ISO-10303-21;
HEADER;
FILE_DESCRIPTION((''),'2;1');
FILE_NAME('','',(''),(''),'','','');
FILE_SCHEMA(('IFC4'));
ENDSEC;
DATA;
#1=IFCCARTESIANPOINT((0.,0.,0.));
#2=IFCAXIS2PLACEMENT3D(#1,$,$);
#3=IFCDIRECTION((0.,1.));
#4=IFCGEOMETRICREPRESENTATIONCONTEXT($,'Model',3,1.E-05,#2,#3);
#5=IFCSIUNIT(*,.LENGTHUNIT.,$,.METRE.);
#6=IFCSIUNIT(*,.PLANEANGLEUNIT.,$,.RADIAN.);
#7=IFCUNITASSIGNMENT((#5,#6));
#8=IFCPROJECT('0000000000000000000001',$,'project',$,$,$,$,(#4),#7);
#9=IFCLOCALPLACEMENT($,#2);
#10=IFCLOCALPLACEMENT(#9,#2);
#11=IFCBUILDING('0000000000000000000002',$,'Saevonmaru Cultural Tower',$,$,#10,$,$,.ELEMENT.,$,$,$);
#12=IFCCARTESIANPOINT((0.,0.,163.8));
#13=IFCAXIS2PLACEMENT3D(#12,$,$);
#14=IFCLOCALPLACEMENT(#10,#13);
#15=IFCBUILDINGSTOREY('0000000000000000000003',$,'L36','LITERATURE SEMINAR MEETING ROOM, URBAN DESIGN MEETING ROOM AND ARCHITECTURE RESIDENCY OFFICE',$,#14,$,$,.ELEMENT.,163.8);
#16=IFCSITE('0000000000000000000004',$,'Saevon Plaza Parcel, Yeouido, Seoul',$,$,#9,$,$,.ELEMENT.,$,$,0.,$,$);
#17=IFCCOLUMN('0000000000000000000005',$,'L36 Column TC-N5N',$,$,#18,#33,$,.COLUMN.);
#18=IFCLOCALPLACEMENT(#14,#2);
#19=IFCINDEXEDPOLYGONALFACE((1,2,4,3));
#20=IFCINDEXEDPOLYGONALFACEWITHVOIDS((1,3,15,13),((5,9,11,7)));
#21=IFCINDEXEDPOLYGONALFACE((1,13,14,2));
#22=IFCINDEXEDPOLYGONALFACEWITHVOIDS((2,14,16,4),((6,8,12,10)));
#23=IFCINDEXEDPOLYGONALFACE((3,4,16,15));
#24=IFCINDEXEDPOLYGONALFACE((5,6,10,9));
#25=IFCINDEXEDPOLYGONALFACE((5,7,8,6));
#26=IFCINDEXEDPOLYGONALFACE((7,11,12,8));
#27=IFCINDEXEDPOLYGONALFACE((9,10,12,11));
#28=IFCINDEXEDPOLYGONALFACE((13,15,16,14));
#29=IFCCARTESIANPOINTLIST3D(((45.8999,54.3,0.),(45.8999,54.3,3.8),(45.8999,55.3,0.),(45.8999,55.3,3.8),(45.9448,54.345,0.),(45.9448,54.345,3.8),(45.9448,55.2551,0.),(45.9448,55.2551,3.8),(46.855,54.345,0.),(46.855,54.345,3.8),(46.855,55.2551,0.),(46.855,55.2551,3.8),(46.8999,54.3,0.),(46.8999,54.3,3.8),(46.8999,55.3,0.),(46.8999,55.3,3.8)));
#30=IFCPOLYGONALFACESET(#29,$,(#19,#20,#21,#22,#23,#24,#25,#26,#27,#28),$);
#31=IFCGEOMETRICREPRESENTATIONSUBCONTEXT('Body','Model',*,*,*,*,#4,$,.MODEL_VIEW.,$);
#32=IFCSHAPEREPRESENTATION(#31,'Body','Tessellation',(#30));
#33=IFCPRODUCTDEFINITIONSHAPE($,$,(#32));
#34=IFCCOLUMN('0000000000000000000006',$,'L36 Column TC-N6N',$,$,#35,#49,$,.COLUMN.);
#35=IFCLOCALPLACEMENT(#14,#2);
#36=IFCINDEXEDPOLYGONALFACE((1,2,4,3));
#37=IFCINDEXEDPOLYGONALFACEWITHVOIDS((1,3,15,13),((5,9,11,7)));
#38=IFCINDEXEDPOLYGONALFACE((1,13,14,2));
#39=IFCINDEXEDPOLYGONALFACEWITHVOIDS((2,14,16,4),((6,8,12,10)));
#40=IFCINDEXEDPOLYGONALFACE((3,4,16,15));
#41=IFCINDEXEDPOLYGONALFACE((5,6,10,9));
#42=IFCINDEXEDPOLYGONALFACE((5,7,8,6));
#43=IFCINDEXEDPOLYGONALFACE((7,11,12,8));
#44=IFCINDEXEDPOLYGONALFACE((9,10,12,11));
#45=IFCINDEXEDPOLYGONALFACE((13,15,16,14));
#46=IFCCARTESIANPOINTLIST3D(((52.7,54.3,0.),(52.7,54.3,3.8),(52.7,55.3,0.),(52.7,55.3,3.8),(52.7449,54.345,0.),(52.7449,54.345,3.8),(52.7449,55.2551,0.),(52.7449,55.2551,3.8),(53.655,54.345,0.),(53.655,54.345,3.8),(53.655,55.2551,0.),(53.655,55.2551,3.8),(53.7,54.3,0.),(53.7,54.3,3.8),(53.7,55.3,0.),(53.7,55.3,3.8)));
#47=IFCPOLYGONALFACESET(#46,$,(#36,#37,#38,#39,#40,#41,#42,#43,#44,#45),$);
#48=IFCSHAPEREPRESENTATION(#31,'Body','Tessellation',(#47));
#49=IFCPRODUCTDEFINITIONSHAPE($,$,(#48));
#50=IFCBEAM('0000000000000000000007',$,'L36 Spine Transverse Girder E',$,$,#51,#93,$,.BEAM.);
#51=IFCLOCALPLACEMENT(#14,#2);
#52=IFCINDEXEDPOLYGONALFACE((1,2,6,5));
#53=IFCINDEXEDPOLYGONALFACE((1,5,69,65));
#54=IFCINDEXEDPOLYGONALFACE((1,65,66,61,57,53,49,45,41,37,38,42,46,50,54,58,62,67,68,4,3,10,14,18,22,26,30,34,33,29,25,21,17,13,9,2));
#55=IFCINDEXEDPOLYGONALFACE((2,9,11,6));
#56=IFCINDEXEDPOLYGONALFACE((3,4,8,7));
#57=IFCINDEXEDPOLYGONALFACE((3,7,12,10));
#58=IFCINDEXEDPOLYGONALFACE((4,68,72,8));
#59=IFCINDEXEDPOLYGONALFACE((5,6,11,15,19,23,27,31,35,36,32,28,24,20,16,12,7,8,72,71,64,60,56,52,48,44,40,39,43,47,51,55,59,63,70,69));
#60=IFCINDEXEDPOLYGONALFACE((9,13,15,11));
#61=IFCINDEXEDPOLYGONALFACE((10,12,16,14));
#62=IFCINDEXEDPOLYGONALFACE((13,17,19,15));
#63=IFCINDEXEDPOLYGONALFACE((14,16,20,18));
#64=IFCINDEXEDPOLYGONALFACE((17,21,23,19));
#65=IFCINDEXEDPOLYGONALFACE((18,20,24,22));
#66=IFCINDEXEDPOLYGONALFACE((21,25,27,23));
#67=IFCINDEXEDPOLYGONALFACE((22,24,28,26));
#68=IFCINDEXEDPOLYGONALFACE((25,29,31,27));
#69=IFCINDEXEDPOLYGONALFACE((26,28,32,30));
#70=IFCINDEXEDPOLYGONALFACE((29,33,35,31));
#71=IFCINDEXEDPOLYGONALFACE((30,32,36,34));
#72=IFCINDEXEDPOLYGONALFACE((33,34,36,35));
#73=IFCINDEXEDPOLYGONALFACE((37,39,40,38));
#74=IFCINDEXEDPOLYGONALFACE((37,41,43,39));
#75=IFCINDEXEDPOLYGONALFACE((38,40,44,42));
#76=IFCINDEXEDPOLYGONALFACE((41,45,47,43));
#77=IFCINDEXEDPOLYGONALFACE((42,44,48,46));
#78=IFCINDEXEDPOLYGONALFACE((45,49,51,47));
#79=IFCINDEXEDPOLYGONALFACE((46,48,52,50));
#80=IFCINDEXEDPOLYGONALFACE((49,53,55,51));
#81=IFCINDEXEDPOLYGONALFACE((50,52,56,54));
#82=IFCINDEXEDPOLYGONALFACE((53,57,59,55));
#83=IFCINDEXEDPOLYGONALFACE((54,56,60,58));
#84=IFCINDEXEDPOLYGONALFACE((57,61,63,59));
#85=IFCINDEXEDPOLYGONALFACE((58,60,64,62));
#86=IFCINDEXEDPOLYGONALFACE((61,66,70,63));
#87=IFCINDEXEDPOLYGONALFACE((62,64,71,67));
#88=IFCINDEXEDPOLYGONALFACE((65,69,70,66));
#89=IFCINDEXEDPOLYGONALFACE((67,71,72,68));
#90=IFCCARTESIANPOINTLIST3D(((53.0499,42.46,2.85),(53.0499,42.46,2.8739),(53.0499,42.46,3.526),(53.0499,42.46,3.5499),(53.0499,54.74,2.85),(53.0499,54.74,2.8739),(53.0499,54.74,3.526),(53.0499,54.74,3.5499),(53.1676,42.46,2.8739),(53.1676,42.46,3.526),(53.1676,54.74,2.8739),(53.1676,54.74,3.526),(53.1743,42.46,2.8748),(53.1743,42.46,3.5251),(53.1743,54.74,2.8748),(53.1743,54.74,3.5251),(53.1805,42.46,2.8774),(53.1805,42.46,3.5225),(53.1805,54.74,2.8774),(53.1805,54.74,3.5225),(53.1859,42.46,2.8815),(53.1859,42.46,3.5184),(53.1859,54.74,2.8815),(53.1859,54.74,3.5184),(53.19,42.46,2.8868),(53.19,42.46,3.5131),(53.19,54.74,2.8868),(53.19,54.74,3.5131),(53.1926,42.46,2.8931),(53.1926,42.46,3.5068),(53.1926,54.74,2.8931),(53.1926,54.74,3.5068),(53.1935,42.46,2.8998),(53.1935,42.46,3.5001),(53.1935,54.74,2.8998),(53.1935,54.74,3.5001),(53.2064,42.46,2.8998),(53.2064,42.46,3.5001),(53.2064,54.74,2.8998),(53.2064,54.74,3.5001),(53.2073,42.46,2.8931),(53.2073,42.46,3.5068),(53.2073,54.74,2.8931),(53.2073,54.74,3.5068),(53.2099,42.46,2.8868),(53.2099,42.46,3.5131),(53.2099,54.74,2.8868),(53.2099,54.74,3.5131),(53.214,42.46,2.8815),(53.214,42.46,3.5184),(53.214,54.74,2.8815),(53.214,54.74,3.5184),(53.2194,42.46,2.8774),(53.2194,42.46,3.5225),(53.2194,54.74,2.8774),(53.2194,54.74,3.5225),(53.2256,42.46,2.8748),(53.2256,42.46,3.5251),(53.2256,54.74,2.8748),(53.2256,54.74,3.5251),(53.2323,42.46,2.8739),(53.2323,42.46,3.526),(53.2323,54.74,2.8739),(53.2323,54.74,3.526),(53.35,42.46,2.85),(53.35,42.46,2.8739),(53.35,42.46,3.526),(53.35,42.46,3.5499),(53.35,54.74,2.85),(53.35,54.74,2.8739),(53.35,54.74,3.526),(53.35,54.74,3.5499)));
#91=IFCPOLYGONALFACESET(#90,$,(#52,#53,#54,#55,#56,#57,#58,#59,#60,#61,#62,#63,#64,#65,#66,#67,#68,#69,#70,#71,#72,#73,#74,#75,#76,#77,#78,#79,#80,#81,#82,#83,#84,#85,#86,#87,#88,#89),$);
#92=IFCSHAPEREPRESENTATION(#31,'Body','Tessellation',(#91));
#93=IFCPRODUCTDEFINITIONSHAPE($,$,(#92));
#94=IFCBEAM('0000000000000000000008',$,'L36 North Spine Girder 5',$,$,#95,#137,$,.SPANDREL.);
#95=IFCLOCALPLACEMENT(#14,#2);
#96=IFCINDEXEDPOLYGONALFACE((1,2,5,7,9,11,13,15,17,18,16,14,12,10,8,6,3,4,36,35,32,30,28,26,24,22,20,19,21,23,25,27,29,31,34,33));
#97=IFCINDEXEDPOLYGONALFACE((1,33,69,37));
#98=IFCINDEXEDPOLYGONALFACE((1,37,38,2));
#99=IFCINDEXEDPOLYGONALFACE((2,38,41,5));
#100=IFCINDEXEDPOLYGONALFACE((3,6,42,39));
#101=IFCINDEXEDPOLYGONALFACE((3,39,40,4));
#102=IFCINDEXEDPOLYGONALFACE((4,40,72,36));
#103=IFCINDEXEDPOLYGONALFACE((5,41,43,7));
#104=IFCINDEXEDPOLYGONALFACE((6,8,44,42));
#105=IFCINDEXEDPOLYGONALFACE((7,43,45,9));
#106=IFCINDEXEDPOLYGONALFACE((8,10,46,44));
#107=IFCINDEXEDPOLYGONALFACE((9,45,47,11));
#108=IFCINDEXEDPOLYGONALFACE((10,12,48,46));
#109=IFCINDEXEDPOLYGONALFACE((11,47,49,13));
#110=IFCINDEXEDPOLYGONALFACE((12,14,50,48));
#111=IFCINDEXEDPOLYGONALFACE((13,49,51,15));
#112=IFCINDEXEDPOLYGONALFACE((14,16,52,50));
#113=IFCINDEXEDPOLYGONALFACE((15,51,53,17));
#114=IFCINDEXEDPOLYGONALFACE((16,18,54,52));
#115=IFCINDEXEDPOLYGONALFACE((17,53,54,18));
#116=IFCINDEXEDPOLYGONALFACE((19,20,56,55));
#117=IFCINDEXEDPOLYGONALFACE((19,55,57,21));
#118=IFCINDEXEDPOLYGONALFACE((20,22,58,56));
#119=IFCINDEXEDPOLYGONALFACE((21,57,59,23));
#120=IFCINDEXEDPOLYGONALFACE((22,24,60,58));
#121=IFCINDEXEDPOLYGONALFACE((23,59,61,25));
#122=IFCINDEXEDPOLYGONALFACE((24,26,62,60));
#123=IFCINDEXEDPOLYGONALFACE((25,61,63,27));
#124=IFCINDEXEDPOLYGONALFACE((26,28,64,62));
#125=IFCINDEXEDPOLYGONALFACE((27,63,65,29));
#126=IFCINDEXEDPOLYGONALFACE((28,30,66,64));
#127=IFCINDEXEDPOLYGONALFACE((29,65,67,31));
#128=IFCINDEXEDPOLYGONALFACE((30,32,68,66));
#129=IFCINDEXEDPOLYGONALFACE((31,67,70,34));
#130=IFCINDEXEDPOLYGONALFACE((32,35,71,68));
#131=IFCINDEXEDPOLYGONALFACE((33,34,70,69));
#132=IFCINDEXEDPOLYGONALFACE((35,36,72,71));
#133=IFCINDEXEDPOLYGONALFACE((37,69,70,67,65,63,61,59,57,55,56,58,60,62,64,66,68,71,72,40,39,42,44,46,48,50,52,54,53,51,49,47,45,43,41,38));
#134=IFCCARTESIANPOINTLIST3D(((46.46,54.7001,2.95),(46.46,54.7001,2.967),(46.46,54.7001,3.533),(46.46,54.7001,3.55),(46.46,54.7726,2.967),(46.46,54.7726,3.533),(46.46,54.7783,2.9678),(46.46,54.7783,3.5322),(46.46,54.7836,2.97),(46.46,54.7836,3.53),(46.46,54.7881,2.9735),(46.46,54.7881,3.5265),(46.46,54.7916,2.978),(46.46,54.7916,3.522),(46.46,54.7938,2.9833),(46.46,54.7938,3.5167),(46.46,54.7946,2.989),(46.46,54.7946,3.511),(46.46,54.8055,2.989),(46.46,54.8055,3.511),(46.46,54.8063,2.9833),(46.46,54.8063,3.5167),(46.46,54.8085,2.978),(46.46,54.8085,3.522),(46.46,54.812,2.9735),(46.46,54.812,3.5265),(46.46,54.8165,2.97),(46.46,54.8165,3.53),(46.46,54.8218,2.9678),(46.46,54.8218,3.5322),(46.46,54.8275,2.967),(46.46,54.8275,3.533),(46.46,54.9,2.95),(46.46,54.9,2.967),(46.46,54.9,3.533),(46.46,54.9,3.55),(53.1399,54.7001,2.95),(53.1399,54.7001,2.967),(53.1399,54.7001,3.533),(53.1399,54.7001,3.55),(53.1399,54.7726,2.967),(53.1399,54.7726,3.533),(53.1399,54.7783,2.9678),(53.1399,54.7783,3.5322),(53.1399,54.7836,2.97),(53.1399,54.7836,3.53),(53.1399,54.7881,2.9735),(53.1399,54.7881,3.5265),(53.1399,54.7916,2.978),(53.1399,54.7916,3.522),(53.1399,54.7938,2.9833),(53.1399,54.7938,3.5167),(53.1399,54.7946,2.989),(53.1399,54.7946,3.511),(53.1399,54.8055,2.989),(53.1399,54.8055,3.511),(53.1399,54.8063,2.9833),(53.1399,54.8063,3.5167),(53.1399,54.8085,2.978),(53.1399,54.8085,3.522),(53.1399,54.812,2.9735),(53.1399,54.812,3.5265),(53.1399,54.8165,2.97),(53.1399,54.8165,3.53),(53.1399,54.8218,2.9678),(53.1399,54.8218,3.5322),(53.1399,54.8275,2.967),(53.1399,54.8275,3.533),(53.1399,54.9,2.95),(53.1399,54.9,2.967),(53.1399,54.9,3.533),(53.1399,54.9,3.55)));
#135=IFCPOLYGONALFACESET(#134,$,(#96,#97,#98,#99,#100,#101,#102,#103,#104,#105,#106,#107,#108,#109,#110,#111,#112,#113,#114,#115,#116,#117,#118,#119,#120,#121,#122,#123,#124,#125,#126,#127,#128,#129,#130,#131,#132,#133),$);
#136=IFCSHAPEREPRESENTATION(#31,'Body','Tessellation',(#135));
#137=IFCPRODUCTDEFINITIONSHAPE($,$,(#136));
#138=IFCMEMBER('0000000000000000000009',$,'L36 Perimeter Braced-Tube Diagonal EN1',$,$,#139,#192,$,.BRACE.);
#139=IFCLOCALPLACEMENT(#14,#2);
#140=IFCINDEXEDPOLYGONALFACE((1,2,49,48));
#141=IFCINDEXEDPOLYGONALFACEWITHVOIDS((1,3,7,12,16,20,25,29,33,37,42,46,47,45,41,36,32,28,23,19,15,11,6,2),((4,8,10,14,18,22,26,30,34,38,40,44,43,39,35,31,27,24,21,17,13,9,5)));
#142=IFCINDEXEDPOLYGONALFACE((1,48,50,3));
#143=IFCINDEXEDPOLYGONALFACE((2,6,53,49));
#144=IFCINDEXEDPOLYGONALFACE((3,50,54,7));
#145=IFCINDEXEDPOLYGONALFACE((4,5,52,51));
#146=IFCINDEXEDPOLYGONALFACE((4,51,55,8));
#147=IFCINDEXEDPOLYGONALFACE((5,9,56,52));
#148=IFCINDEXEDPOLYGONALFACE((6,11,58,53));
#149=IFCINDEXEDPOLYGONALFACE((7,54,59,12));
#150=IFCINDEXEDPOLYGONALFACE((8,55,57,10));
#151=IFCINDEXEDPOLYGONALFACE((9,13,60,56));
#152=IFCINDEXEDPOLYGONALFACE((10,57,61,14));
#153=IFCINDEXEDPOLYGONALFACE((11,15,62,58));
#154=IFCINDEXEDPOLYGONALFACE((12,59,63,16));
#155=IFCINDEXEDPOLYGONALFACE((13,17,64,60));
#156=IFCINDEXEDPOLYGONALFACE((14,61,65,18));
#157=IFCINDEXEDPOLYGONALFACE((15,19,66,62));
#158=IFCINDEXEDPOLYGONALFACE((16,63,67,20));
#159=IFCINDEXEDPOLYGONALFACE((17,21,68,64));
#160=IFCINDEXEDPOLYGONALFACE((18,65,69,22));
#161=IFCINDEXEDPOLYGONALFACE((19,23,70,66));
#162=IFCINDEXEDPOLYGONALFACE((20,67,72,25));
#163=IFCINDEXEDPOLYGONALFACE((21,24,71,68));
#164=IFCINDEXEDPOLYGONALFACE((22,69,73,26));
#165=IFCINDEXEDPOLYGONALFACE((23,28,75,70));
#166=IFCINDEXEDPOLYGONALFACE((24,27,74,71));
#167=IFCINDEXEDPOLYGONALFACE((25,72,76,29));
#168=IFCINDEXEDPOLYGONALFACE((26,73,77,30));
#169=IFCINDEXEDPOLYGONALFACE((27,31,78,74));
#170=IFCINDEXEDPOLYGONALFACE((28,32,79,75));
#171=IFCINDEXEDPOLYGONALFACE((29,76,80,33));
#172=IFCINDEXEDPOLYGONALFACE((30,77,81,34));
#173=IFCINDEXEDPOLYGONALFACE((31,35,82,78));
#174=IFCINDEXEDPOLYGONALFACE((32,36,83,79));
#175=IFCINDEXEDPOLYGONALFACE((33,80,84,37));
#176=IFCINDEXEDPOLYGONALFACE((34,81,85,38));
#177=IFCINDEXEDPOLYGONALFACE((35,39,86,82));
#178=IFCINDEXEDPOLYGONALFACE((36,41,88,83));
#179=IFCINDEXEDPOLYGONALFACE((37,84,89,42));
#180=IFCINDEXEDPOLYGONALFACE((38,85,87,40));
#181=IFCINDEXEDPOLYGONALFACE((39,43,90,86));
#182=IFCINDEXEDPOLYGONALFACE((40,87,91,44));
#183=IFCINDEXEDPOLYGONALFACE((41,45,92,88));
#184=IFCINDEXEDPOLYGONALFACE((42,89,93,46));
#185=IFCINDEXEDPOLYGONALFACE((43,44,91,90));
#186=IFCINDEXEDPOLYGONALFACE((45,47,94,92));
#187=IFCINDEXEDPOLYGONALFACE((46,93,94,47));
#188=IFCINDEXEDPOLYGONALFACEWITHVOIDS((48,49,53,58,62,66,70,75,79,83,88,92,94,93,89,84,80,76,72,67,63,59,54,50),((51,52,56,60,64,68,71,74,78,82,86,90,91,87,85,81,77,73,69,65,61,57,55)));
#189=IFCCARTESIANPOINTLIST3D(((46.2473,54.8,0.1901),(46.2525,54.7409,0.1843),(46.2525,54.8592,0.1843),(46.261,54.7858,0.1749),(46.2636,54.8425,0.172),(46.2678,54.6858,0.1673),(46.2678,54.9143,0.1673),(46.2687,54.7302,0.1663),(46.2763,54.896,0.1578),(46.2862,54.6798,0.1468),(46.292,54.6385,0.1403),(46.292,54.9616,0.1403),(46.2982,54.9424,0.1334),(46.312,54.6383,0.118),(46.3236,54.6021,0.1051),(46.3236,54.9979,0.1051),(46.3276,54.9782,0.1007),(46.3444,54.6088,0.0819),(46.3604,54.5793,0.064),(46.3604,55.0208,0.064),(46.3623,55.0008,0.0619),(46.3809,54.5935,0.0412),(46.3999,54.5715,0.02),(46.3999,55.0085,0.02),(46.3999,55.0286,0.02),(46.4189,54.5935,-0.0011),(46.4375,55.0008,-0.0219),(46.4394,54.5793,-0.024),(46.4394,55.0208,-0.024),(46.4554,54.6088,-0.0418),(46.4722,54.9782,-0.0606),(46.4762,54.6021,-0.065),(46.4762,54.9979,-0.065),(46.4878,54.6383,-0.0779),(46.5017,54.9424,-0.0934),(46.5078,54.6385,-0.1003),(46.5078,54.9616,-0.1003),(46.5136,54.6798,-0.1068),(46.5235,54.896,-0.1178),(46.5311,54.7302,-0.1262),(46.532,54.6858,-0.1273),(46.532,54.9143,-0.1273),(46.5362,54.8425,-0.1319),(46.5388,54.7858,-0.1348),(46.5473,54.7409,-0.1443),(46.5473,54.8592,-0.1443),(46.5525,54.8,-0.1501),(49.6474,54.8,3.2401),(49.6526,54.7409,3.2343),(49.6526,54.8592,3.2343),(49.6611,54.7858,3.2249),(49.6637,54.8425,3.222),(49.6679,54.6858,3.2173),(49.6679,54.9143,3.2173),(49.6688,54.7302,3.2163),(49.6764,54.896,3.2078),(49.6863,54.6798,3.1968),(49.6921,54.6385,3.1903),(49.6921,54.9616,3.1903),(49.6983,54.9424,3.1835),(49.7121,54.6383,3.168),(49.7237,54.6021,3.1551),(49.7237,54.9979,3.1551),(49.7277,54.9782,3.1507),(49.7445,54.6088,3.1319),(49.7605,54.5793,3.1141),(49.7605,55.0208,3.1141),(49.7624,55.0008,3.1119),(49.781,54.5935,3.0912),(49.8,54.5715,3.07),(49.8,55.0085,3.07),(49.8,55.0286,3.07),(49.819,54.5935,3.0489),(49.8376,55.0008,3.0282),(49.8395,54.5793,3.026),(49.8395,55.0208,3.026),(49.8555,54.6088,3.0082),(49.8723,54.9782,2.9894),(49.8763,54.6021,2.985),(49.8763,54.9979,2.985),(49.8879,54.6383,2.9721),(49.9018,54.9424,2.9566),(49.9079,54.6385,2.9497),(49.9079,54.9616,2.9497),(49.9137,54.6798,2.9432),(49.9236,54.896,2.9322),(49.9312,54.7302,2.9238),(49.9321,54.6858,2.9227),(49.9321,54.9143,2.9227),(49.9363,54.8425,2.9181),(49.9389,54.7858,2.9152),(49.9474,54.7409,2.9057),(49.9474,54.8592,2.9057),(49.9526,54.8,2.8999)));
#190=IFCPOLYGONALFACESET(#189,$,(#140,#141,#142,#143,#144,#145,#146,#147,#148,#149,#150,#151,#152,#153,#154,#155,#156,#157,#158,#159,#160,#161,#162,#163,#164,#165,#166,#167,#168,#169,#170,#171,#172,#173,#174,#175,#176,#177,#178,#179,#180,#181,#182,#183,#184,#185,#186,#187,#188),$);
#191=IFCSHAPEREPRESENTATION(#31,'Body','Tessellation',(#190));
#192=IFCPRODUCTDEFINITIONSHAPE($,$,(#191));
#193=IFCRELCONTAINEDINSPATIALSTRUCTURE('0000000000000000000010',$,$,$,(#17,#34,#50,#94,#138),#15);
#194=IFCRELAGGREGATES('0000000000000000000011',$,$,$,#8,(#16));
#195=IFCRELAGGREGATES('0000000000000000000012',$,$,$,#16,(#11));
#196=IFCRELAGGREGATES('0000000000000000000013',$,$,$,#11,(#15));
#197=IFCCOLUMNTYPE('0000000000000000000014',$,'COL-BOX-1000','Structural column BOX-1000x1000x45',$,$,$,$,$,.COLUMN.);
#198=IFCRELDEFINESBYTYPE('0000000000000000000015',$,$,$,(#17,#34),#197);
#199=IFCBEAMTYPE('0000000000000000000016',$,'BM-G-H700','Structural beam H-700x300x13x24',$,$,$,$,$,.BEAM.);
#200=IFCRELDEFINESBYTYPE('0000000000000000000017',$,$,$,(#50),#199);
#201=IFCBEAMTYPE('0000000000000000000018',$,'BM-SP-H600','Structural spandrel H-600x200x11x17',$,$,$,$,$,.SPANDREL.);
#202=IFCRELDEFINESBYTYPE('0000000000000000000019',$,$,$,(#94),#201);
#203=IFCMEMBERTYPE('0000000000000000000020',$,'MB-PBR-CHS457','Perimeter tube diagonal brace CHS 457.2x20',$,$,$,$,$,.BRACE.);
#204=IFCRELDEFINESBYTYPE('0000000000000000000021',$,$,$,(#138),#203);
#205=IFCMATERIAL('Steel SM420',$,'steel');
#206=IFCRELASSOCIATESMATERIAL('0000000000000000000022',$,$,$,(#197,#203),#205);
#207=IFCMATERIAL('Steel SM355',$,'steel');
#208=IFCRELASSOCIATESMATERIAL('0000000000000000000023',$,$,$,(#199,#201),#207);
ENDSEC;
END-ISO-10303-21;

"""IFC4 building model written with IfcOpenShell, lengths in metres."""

from ifc_helpers import new_model, si_unit, direction, frame, origin, origin_2d, place, context, subcontext, project, spatial, hollow_rectangle, hollow_circle, i_section, extrude, material, material_profile, profile_set, type_object, element, save


model = new_model("IFC4")

# Units and contexts
model_context = context("Model", 3, precision=1e-05, world=origin(), true_north=direction((0.0, 1.0)))
body_context = subcontext(model_context, "Body", "Model", "MODEL_VIEW")
ifc_project = project(units=[si_unit("LENGTHUNIT", "METRE"), si_unit("PLANEANGLEUNIT", "RADIAN")], contexts=[model_context])

# Site, building, storey
site_placement = place(None, origin())
site = spatial("IfcSite", under=ifc_project, at=site_placement, Name="Saevon Plaza Parcel, Yeouido, Seoul", CompositionType="ELEMENT", RefElevation=0.0)
building_placement = place(site_placement, origin())
building = spatial("IfcBuilding", under=site, at=building_placement, Name="Saevonmaru Cultural Tower", CompositionType="ELEMENT")
storey_placement = place(building_placement, frame((0.0, 0.0, 163.8)))
storey = spatial("IfcBuildingStorey", under=building, at=storey_placement, Name="L36", Description="LITERATURE SEMINAR MEETING ROOM, URBAN DESIGN MEETING ROOM AND ARCHITECTURE RESIDENCY OFFICE", CompositionType="ELEMENT", Elevation=163.8)

# Columns
ifc_material_1 = material(Name="Steel SM420", Category="steel")
ifc_material_profile_1 = material_profile(ifc_material_1, hollow_rectangle(XDim=1.0, YDim=1.0, WallThickness=0.0449, at=origin_2d()), Name="BOX-1000x1000x45")
ifc_profile_set_1 = profile_set([ifc_material_profile_1], Name="Steel SM420")
column_type = type_object("IfcColumnType", Name="COL-BOX-1000", Description="Structural column BOX-1000x1000x45", PredefinedType="COLUMN", material=ifc_profile_set_1)
for number, where, z_axis, x_axis, name in (
    (1, (46.3999, 54.8, 0.0), (0.0, 0.0, 1.0), (1.0, 0.0, 0.0), "L36 Column TC-N5N"),
    (2, (53.2, 54.8, 0.0), (0.0, 0.0, 1.0), (1.0, 0.0, 0.0), "L36 Column TC-N6N"),
):
    element("IfcColumn", number, at=place(storey_placement, frame(where, z_axis=z_axis, x_axis=x_axis)), inside=storey, type_object=column_type, Name=name, PredefinedType="COLUMN", context=body_context, shape_type="SweptSolid", body=[
        extrude(hollow_rectangle(XDim=1.0, YDim=1.0, WallThickness=0.0449, at=origin_2d()), origin(), (0.0, 0.0, 1.0), 3.8),
    ])

# Beams
ifc_material_2 = material(Name="Steel SM355", Category="steel")
ifc_material_profile_2 = material_profile(ifc_material_2, i_section(OverallWidth=0.3, OverallDepth=0.7, WebThickness=0.0129, FlangeThickness=0.0239, FilletRadius=0.0259, at=origin_2d()), Name="H-700x300x13x24")
ifc_profile_set_2 = profile_set([ifc_material_profile_2], Name="Steel SM355")
beam_type_1 = type_object("IfcBeamType", Name="BM-G-H700", Description="Structural beam H-700x300x13x24", PredefinedType="BEAM", material=ifc_profile_set_2)
beam_1_placement = place(storey_placement, frame((53.2, 54.74, 3.2), z_axis=(0.0, -1.0, 0.0), x_axis=(1.0, 0.0, 0.0)))
element("IfcBeam", 3, at=beam_1_placement, inside=storey, type_object=beam_type_1, Name="L36 Spine Transverse Girder E", PredefinedType="BEAM", context=body_context, shape_type="SweptSolid", body=[
    extrude(i_section(OverallWidth=0.3, OverallDepth=0.7, WebThickness=0.0129, FlangeThickness=0.0239, FilletRadius=0.0259, at=origin_2d()), origin(), (0.0, 0.0, 1.0), 12.28),
])
ifc_material_profile_3 = material_profile(ifc_material_2, i_section(OverallWidth=0.2, OverallDepth=0.6001, WebThickness=0.011, FlangeThickness=0.0171, FilletRadius=0.022, at=origin_2d()), Name="H-600x200x11x17")
ifc_profile_set_3 = profile_set([ifc_material_profile_3], Name="Steel SM355")
beam_type_2 = type_object("IfcBeamType", Name="BM-SP-H600", Description="Structural spandrel H-600x200x11x17", PredefinedType="SPANDREL", material=ifc_profile_set_3)
beam_2_placement = place(storey_placement, frame((46.46, 54.8, 3.25), z_axis=(1.0, 0.0, 0.0), x_axis=(0.0, 1.0, 0.0)))
element("IfcBeam", 4, at=beam_2_placement, inside=storey, type_object=beam_type_2, Name="L36 North Spine Girder 5", PredefinedType="SPANDREL", context=body_context, shape_type="SweptSolid", body=[
    extrude(i_section(OverallWidth=0.2, OverallDepth=0.6001, WebThickness=0.011, FlangeThickness=0.0171, FilletRadius=0.022, at=origin_2d()), origin(), (0.0, 0.0, 1.0), 6.6799),
])

# Member
ifc_material_profile_4 = material_profile(ifc_material_1, hollow_circle(Radius=0.2285, WallThickness=0.02, at=origin_2d()), Name="CHS-457.2x20")
ifc_profile_set_4 = profile_set([ifc_material_profile_4], Name="Steel SM420")
member_type_1 = type_object("IfcMemberType", Name="MB-PBR-CHS457", Description="Perimeter tube diagonal brace CHS 457.2x20", PredefinedType="BRACE", material=ifc_profile_set_4)
for number, where, z_axis, x_axis, name in (
    (5, (46.3999, 54.8, 0.02), (0.744391, 0.0, 0.667744), (0.0, 1.0, 0.0), "L36 Perimeter Braced-Tube Diagonal EN1"),
):
    element("IfcMember", number, at=place(storey_placement, frame(where, z_axis=z_axis, x_axis=x_axis)), inside=storey, type_object=member_type_1, Name=name, PredefinedType="BRACE", context=body_context, shape_type="SweptSolid", body=[
        extrude(hollow_circle(Radius=0.2285, WallThickness=0.02, at=origin_2d()), origin(), (0.0, 0.0, 1.0), 4.5676),
    ])

save(model, "model.ifc")
